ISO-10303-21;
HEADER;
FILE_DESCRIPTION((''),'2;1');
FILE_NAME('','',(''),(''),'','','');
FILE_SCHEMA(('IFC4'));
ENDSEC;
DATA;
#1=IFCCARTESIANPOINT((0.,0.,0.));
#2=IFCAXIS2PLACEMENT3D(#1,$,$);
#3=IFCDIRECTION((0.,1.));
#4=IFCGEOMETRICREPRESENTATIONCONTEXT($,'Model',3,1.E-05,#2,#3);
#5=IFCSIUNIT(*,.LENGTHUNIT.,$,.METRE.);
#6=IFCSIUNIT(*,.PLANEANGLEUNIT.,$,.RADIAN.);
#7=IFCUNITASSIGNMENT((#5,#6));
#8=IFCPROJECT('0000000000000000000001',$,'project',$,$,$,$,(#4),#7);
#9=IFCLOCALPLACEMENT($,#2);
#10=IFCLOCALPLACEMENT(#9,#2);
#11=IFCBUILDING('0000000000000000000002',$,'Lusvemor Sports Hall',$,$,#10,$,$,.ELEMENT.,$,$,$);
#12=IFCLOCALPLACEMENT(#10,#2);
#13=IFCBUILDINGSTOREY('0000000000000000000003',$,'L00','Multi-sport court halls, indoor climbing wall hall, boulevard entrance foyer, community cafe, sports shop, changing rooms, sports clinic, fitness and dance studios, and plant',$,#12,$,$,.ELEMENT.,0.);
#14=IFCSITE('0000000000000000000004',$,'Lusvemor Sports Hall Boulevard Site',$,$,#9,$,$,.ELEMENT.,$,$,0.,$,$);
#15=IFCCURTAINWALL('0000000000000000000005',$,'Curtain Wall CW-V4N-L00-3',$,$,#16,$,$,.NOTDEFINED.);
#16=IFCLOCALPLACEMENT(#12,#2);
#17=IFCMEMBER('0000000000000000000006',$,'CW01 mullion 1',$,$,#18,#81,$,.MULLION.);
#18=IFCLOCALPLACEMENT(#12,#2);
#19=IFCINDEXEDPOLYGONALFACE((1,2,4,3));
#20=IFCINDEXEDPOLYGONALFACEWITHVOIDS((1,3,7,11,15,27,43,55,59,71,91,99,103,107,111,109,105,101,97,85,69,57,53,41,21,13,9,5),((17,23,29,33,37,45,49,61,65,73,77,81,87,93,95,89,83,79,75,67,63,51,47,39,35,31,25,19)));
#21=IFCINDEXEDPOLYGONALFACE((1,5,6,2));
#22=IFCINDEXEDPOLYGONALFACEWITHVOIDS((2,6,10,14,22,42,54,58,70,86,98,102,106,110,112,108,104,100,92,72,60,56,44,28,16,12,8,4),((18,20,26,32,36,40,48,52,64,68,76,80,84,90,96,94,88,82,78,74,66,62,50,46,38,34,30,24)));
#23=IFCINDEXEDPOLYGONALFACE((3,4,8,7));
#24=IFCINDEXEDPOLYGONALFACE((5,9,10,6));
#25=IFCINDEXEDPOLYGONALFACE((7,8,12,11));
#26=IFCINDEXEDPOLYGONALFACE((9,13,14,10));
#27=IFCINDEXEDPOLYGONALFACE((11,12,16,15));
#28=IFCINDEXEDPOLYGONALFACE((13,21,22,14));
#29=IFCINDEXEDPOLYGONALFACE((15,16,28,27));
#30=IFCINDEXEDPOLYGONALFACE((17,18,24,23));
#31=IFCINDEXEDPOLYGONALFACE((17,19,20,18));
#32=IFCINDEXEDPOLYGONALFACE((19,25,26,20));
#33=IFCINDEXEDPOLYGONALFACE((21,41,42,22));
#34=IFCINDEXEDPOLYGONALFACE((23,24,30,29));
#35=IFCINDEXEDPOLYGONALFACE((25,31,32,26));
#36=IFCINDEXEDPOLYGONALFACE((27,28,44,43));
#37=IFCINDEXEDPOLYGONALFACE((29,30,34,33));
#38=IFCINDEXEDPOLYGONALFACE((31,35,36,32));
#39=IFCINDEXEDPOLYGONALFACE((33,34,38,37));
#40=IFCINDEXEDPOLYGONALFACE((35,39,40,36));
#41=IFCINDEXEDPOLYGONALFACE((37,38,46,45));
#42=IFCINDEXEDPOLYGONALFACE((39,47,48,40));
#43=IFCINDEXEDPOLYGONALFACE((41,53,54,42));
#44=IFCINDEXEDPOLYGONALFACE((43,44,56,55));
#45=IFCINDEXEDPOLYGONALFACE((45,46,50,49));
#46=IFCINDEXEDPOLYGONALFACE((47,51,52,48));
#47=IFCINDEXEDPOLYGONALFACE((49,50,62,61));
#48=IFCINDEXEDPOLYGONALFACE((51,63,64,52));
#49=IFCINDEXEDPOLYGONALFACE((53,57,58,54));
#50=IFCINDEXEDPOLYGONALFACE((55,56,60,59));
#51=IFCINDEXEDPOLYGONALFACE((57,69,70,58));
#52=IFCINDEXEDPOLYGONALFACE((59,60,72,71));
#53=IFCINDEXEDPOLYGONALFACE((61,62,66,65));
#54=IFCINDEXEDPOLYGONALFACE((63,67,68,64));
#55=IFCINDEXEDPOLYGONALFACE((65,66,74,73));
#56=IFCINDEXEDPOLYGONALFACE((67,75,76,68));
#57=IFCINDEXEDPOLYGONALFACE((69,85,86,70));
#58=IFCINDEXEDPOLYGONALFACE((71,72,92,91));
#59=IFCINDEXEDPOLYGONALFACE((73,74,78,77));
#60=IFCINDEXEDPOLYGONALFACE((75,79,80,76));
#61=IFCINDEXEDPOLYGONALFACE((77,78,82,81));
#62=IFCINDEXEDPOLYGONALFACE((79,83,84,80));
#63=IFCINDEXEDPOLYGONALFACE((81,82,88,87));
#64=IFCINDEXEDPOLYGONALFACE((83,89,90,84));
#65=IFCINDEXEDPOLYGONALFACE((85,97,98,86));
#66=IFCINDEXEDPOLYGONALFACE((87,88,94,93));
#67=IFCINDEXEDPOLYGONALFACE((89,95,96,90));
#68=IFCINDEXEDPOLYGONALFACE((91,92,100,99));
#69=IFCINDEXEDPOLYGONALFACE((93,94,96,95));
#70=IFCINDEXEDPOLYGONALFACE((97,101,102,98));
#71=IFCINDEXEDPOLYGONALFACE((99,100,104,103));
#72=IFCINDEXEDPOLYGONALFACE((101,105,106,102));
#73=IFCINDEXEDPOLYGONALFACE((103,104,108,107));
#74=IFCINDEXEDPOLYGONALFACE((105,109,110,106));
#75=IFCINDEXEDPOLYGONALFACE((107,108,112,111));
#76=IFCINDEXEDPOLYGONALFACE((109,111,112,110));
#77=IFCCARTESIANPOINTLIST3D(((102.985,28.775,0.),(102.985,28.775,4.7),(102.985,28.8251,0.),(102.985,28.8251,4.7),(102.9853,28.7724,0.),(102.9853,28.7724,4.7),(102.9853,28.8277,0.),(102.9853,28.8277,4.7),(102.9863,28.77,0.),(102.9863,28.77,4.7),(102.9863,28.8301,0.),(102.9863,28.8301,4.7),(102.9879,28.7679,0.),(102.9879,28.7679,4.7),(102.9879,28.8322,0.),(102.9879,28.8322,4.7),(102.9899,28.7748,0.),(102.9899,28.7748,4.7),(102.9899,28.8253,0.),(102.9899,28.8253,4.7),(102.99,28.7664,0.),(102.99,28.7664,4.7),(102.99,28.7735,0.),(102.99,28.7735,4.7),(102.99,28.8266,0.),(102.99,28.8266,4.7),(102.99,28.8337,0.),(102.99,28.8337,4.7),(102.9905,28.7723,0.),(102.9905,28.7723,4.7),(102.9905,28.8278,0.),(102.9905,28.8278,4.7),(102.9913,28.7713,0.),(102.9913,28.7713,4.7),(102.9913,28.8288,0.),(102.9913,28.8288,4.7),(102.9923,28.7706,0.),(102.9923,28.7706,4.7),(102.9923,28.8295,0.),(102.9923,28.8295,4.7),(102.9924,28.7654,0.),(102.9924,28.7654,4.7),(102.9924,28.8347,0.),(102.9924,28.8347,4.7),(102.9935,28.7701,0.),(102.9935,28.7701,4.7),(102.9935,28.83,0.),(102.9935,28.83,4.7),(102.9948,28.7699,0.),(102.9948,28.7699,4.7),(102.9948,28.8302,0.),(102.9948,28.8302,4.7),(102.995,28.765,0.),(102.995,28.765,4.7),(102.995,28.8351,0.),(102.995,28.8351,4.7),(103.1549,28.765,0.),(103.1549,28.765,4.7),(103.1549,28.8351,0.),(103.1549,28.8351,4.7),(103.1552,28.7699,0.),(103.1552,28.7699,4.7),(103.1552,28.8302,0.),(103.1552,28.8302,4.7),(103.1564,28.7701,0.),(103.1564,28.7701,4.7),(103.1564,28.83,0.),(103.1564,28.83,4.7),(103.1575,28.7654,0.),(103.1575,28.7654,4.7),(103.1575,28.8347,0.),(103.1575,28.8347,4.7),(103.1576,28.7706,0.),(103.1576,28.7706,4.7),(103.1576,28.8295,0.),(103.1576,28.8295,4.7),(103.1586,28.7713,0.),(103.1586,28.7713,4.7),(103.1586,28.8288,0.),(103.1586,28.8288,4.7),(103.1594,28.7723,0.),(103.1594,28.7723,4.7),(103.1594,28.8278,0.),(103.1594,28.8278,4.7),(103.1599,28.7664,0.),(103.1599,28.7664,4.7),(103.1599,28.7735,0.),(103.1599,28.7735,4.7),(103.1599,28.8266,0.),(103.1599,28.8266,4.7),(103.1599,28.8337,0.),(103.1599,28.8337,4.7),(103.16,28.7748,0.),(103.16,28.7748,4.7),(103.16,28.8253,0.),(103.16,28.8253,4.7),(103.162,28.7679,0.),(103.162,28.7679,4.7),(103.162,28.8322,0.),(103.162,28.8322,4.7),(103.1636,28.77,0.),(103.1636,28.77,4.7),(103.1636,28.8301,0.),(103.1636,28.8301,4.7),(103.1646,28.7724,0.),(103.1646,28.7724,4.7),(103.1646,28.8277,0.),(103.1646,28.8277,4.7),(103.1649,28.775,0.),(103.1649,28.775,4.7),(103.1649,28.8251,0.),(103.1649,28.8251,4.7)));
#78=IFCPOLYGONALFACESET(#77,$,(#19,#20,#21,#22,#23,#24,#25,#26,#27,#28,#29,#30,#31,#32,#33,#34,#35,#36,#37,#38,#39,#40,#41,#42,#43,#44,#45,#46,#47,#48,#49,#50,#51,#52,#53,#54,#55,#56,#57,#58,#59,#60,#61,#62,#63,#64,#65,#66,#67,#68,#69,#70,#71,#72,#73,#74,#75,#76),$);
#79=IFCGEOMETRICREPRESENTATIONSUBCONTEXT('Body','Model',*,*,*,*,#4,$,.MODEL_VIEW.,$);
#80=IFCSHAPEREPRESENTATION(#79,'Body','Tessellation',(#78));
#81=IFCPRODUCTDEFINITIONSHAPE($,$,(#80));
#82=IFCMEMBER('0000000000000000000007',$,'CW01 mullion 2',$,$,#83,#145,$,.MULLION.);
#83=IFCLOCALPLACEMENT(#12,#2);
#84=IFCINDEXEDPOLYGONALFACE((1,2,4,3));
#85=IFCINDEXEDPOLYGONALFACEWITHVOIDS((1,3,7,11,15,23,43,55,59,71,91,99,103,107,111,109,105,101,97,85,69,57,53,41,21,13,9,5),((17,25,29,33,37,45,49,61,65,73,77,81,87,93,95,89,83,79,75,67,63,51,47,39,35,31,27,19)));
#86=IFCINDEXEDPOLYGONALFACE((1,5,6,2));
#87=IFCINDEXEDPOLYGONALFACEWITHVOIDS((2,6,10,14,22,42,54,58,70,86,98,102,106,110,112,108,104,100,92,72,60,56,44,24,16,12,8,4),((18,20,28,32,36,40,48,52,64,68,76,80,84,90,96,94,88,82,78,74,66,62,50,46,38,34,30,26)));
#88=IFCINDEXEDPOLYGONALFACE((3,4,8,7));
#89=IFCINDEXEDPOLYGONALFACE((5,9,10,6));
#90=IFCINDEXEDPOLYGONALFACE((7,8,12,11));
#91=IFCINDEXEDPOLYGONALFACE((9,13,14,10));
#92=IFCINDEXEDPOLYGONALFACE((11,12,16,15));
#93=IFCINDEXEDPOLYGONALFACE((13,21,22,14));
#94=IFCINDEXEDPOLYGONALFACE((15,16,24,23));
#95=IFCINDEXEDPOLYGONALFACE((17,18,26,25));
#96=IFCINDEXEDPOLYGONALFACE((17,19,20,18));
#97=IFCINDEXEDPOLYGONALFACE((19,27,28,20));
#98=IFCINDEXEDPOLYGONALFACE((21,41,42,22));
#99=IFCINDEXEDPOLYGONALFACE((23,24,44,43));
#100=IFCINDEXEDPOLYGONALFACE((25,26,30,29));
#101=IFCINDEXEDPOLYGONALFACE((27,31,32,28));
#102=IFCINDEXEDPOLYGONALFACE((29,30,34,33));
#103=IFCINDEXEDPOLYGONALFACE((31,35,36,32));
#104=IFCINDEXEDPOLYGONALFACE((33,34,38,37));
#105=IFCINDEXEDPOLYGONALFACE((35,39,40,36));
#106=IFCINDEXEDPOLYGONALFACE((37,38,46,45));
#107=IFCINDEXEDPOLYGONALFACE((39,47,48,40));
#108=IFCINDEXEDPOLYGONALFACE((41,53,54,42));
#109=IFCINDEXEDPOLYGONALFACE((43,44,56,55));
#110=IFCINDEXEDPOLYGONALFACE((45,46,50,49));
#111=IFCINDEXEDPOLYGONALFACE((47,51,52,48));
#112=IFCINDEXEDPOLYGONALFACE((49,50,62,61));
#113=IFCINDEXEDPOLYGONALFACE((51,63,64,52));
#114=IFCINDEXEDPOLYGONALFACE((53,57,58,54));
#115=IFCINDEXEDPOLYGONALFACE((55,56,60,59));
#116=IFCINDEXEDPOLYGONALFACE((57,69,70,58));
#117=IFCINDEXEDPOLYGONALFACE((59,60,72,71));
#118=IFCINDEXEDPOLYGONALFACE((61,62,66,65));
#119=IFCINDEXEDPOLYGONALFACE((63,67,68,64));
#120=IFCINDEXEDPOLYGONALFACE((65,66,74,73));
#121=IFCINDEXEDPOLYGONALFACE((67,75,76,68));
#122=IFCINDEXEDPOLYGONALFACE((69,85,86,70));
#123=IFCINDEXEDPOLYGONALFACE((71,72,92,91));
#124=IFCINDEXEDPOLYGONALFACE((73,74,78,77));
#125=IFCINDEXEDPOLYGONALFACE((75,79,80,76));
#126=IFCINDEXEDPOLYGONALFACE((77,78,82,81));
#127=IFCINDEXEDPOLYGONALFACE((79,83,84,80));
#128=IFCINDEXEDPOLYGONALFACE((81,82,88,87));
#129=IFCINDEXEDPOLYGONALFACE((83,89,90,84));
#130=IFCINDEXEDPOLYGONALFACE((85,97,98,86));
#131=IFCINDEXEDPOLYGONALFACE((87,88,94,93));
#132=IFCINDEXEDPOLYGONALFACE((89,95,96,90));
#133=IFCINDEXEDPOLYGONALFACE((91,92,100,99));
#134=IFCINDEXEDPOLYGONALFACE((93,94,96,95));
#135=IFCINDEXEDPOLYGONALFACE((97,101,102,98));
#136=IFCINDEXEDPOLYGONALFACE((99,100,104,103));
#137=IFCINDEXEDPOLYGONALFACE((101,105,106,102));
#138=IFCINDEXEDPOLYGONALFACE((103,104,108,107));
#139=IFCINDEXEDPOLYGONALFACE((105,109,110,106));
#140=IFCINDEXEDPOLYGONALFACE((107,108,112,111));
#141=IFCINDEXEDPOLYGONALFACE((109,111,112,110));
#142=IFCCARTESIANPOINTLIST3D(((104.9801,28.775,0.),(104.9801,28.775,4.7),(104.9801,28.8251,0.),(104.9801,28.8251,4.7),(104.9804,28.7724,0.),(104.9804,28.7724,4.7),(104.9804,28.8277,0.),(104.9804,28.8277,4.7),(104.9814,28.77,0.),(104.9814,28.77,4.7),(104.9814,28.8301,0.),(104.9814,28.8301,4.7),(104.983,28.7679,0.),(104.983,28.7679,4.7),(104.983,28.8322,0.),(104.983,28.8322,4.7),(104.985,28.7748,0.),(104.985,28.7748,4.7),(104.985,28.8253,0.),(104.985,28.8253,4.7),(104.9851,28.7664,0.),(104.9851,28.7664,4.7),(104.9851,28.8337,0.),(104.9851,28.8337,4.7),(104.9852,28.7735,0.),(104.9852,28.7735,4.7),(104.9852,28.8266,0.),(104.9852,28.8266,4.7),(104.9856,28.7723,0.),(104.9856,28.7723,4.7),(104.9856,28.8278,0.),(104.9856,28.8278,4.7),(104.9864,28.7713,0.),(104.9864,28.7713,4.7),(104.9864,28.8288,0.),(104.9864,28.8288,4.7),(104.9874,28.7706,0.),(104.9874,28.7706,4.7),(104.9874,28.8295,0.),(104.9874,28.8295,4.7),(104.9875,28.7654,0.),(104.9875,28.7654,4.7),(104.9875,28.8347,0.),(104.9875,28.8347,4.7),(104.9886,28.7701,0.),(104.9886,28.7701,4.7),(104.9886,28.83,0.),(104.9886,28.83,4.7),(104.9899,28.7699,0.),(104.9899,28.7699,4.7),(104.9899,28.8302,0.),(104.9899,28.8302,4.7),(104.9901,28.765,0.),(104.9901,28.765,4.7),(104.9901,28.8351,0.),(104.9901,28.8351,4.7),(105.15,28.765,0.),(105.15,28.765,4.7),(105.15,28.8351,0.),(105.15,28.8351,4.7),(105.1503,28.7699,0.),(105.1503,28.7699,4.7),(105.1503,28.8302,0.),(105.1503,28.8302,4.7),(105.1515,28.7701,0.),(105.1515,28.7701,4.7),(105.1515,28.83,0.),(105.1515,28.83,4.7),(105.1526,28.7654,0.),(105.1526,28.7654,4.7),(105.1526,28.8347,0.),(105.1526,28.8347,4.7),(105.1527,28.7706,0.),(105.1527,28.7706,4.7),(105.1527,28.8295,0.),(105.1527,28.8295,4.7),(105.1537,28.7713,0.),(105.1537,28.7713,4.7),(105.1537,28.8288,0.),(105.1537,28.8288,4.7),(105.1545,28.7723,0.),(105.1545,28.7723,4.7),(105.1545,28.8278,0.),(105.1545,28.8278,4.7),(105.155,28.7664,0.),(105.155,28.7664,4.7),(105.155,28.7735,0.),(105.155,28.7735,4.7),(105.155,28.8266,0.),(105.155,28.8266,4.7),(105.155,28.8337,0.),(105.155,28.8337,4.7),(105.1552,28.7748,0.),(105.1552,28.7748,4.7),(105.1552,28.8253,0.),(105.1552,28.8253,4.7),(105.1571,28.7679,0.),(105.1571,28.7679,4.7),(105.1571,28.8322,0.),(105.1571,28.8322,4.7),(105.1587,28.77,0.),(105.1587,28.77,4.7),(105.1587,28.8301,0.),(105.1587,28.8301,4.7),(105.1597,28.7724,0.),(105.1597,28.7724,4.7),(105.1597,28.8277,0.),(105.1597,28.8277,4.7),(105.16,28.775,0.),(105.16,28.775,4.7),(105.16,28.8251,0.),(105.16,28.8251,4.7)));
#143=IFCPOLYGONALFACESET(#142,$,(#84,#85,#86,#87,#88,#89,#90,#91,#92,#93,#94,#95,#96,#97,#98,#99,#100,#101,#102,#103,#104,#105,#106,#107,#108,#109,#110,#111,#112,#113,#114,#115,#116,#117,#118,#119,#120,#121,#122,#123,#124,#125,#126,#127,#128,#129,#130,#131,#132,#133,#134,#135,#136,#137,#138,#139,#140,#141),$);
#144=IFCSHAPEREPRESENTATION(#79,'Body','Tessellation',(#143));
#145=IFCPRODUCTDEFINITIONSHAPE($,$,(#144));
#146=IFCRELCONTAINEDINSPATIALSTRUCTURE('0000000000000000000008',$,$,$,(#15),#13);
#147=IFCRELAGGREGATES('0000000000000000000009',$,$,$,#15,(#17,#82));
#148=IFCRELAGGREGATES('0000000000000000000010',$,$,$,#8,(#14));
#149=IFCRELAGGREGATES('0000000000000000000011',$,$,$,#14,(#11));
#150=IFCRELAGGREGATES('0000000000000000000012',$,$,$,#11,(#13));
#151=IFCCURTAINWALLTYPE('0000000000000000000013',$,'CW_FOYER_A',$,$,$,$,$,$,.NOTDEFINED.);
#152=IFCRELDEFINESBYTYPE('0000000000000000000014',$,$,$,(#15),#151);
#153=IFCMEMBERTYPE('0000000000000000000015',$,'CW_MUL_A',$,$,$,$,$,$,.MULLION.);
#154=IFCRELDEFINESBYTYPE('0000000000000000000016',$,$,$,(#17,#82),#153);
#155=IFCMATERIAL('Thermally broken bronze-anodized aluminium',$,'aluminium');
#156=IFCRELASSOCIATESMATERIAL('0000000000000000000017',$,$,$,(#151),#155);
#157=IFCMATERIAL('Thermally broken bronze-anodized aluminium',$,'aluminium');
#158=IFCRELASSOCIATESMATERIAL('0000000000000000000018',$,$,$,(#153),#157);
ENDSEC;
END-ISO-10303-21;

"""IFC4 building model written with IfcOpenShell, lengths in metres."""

from ifc_helpers import new_model, si_unit, direction, frame, origin, origin_2d, place, context, subcontext, project, spatial, hollow_rectangle, extrude, material, material_profile, profile_set, type_object, element, aggregate, save


model = new_model("IFC4")

# Units and contexts
model_context = context("Model", 3, precision=1e-05, world=origin(), true_north=direction((0.0, 1.0)))
body_context = subcontext(model_context, "Body", "Model", "MODEL_VIEW")
ifc_project = project(units=[si_unit("LENGTHUNIT", "METRE"), si_unit("PLANEANGLEUNIT", "RADIAN")], contexts=[model_context])

# Site, building, storey
site_placement = place(None, origin())
site = spatial("IfcSite", under=ifc_project, at=site_placement, Name="Lusvemor Sports Hall Boulevard Site", CompositionType="ELEMENT", RefElevation=0.0)
building_placement = place(site_placement, origin())
building = spatial("IfcBuilding", under=site, at=building_placement, Name="Lusvemor Sports Hall", CompositionType="ELEMENT")
storey_placement = place(building_placement, origin())
storey = spatial("IfcBuildingStorey", under=building, at=storey_placement, Name="L00", Description="Multi-sport court halls, indoor climbing wall hall, boulevard entrance foyer, community cafe, sports shop, changing rooms, sports clinic, fitness and dance studios, and plant", CompositionType="ELEMENT", Elevation=0.0)

# Curtain wall, members
ifc_material_1 = material(Name="Thermally broken bronze-anodized aluminium", Category="aluminium")
curtain_wall_type = type_object("IfcCurtainWallType", Name="CW_FOYER_A", PredefinedType="NOTDEFINED", material=ifc_material_1)
curtain_wall_placement = place(storey_placement, origin())
curtain_wall = element("IfcCurtainWall", 1, at=curtain_wall_placement, inside=storey, type_object=curtain_wall_type, Name="Curtain Wall CW-V4N-L00-3", PredefinedType="NOTDEFINED")
ifc_material_2 = material(Name="Thermally broken bronze-anodized aluminium", Category="aluminium")
ifc_material_profile_1 = material_profile(ifc_material_2, hollow_rectangle(XDim=0.0701, YDim=0.1799, WallThickness=0.0049, InnerFilletRadius=0.0049, OuterFilletRadius=0.01, at=origin_2d()), Name="CWMUL180x70x5")
ifc_profile_set_1 = profile_set([ifc_material_profile_1], Name="Thermally broken bronze-anodized aluminium")
member_type_1 = type_object("IfcMemberType", Name="CW_MUL_A", PredefinedType="MULLION", material=ifc_profile_set_1)
member_1_placement = place(storey_placement, frame((103.075, 28.8, 0.0), z_axis=(0.0, 0.0, 1.0), x_axis=(0.0, 1.0, 0.0)))
member_1 = element("IfcMember", 2, at=member_1_placement, type_object=member_type_1, Name="CW01 mullion 1", PredefinedType="MULLION", context=body_context, shape_type="SweptSolid", body=[
    extrude(hollow_rectangle(XDim=0.0701, YDim=0.1799, WallThickness=0.0049, InnerFilletRadius=0.0049, OuterFilletRadius=0.01, at=origin_2d()), origin(), (0.0, 0.0, 1.0), 4.7),
])
member_2_placement = place(storey_placement, frame((105.0701, 28.8, 0.0), z_axis=(0.0, 0.0, 1.0), x_axis=(0.0, 1.0, 0.0)))
member_2 = element("IfcMember", 3, at=member_2_placement, type_object=member_type_1, Name="CW01 mullion 2", PredefinedType="MULLION", context=body_context, shape_type="SweptSolid", body=[
    extrude(hollow_rectangle(XDim=0.0701, YDim=0.1799, WallThickness=0.0049, InnerFilletRadius=0.0049, OuterFilletRadius=0.01, at=origin_2d()), origin(), (0.0, 0.0, 1.0), 4.7),
])

aggregate(curtain_wall, [member_1, member_2])

save(model, "model.ifc")
